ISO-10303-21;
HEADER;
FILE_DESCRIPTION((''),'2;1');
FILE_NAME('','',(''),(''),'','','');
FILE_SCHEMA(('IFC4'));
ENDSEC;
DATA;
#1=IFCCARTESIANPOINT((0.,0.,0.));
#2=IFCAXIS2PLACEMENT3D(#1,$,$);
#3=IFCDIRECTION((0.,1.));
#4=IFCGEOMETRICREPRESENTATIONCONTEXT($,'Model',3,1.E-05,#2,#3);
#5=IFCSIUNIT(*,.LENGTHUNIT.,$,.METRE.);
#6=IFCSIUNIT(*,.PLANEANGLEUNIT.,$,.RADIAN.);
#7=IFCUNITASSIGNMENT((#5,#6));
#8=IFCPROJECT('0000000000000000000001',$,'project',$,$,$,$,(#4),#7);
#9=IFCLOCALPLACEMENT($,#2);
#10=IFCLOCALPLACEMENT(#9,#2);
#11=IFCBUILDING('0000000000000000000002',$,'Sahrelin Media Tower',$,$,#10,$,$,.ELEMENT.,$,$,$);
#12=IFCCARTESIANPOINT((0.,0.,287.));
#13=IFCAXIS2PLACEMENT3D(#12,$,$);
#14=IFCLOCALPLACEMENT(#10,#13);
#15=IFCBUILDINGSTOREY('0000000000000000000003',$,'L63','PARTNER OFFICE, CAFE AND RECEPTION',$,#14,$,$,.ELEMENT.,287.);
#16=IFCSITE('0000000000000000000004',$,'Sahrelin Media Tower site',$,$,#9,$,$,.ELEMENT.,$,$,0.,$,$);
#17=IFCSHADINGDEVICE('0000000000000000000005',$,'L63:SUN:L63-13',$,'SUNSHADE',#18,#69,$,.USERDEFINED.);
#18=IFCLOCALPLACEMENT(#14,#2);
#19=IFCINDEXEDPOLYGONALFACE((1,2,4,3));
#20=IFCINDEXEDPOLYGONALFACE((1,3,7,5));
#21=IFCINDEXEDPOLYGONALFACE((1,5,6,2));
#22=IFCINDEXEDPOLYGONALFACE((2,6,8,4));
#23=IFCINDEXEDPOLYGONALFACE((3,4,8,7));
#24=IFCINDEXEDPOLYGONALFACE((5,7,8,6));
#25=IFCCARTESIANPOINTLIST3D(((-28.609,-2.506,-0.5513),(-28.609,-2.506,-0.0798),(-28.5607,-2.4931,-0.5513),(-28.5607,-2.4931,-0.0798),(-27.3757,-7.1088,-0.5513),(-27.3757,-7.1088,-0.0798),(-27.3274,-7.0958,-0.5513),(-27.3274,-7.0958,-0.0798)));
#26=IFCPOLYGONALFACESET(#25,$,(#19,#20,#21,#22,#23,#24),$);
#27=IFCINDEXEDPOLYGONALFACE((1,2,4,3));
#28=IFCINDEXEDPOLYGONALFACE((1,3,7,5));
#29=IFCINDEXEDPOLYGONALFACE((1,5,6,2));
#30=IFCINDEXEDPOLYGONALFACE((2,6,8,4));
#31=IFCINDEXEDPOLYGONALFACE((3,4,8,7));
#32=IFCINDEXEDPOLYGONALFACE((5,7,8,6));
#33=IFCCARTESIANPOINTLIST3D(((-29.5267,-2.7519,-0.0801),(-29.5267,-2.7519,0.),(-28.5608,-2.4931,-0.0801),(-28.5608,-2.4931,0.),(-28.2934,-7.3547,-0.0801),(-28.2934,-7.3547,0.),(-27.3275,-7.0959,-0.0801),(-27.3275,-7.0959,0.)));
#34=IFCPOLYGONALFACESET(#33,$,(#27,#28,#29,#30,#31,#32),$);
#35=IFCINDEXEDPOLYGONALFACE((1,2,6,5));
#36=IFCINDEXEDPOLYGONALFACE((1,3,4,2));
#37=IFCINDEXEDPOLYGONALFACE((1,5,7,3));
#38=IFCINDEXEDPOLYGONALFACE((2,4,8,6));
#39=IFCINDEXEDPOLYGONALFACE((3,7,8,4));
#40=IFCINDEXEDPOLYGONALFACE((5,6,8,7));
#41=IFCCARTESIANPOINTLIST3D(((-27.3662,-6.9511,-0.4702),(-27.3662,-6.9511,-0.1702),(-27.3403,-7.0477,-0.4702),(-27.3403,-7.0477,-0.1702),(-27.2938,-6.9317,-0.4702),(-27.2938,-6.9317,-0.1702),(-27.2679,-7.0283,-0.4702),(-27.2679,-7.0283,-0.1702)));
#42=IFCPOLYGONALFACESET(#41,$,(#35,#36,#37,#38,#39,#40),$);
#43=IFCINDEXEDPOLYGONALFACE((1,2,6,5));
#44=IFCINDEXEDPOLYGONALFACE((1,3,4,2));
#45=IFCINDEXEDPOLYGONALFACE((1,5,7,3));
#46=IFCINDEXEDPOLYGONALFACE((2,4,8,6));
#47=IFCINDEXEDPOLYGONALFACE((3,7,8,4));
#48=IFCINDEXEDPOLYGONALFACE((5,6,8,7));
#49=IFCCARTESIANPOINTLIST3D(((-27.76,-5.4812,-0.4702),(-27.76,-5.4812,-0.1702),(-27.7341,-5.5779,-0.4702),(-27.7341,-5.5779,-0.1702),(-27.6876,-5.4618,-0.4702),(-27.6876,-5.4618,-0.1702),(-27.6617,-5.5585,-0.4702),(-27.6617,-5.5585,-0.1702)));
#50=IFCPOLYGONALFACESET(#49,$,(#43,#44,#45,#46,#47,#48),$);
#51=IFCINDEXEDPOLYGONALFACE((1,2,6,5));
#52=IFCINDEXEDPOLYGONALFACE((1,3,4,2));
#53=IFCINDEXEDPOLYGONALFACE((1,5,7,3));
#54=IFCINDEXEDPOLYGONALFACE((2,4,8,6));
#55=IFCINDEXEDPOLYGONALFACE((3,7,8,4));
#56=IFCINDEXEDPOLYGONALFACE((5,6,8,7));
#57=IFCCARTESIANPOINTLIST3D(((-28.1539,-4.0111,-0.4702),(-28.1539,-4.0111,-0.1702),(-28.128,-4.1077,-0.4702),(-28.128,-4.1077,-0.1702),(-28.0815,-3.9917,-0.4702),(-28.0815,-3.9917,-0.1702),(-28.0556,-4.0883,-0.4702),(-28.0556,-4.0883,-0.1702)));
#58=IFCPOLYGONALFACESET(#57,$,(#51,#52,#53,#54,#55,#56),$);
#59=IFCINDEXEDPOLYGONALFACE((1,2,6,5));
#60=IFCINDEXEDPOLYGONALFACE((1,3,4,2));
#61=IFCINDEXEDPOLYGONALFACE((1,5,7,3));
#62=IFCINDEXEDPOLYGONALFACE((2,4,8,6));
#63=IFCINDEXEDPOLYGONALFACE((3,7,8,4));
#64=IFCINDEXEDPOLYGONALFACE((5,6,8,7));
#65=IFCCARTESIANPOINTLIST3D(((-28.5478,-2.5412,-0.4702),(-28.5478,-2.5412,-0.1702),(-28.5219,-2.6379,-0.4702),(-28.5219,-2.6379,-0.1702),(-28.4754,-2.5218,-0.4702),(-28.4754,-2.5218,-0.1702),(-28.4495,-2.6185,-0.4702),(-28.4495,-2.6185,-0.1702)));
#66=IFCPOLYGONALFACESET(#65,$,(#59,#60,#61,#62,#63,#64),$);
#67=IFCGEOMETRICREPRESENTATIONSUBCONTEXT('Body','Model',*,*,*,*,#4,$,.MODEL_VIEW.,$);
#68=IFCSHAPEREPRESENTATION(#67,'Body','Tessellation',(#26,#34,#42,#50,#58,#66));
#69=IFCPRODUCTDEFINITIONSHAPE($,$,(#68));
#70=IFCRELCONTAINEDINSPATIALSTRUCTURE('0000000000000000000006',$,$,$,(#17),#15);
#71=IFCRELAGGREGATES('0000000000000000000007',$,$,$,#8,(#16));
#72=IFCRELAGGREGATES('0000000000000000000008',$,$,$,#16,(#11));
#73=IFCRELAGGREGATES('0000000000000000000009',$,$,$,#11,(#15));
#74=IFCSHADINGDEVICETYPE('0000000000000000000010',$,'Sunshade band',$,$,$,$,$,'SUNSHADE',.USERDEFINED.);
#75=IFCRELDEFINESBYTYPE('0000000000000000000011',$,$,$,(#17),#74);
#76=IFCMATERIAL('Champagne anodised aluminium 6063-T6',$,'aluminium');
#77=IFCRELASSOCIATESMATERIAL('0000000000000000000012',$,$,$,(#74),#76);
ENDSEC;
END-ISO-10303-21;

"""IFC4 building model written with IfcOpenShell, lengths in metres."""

from ifc_helpers import new_model, si_unit, direction, frame, origin, origin_2d, place, context, subcontext, project, spatial, rectangle, extrude, material, type_object, element, save


model = new_model("IFC4")

# Units and contexts
model_context = context("Model", 3, precision=1e-05, world=origin(), true_north=direction((0.0, 1.0)))
body_context = subcontext(model_context, "Body", "Model", "MODEL_VIEW")
ifc_project = project(units=[si_unit("LENGTHUNIT", "METRE"), si_unit("PLANEANGLEUNIT", "RADIAN")], contexts=[model_context])

# Site, building, storey
site_placement = place(None, origin())
site = spatial("IfcSite", under=ifc_project, at=site_placement, Name="Sahrelin Media Tower site", CompositionType="ELEMENT", RefElevation=0.0)
building_placement = place(site_placement, origin())
building = spatial("IfcBuilding", under=site, at=building_placement, Name="Sahrelin Media Tower", CompositionType="ELEMENT")
storey_placement = place(building_placement, frame((0.0, 0.0, 287.0)))
storey = spatial("IfcBuildingStorey", under=building, at=storey_placement, Name="L63", Description="PARTNER OFFICE, CAFE AND RECEPTION", CompositionType="ELEMENT", Elevation=287.0)

# Shared definitions
ifc_material_1 = material(Name="Champagne anodised aluminium 6063-T6", Category="aluminium")

# Shading device
placement_1 = place(storey_placement, frame((-27.9248, -4.7893, 0.0), z_axis=(0.0, 0.0, 1.0), x_axis=(-0.258808, 0.965929, 0.0)))
shading_device_type_1 = type_object("IfcShadingDeviceType", Name="Sunshade band", ElementType="SUNSHADE", PredefinedType="USERDEFINED", material=ifc_material_1)
element("IfcShadingDevice", 1, at=placement_1, inside=storey, type_object=shading_device_type_1, Name="L63:SUN:L63-13", ObjectType="SUNSHADE", PredefinedType="USERDEFINED", context=body_context, shape_type="SweptSolid", body=[
    extrude(rectangle(XDim=4.7651, YDim=0.05, at=origin_2d()), frame((0.0, 0.0449, -0.5513)), (0.0, 0.0, 1.0), 0.4714),
    extrude(rectangle(XDim=4.7651, YDim=1.0, at=origin_2d()), frame((0.0, 0.52, -0.0801)), (0.0, 0.0, 1.0), 0.0801),
    extrude(rectangle(XDim=0.1001, YDim=0.075, at=origin_2d()), frame((-2.2827, -0.0176, -0.4702)), (0.0, 0.0, 1.0), 0.3),
    extrude(rectangle(XDim=0.1001, YDim=0.075, at=origin_2d()), frame((-0.761, -0.0176, -0.4702)), (0.0, 0.0, 1.0), 0.3),
    extrude(rectangle(XDim=0.1001, YDim=0.075, at=origin_2d()), frame((0.761, -0.0176, -0.4702)), (0.0, 0.0, 1.0), 0.3),
    extrude(rectangle(XDim=0.1001, YDim=0.075, at=origin_2d()), frame((2.2827, -0.0176, -0.4702)), (0.0, 0.0, 1.0), 0.3),
])

save(model, "model.ifc")
